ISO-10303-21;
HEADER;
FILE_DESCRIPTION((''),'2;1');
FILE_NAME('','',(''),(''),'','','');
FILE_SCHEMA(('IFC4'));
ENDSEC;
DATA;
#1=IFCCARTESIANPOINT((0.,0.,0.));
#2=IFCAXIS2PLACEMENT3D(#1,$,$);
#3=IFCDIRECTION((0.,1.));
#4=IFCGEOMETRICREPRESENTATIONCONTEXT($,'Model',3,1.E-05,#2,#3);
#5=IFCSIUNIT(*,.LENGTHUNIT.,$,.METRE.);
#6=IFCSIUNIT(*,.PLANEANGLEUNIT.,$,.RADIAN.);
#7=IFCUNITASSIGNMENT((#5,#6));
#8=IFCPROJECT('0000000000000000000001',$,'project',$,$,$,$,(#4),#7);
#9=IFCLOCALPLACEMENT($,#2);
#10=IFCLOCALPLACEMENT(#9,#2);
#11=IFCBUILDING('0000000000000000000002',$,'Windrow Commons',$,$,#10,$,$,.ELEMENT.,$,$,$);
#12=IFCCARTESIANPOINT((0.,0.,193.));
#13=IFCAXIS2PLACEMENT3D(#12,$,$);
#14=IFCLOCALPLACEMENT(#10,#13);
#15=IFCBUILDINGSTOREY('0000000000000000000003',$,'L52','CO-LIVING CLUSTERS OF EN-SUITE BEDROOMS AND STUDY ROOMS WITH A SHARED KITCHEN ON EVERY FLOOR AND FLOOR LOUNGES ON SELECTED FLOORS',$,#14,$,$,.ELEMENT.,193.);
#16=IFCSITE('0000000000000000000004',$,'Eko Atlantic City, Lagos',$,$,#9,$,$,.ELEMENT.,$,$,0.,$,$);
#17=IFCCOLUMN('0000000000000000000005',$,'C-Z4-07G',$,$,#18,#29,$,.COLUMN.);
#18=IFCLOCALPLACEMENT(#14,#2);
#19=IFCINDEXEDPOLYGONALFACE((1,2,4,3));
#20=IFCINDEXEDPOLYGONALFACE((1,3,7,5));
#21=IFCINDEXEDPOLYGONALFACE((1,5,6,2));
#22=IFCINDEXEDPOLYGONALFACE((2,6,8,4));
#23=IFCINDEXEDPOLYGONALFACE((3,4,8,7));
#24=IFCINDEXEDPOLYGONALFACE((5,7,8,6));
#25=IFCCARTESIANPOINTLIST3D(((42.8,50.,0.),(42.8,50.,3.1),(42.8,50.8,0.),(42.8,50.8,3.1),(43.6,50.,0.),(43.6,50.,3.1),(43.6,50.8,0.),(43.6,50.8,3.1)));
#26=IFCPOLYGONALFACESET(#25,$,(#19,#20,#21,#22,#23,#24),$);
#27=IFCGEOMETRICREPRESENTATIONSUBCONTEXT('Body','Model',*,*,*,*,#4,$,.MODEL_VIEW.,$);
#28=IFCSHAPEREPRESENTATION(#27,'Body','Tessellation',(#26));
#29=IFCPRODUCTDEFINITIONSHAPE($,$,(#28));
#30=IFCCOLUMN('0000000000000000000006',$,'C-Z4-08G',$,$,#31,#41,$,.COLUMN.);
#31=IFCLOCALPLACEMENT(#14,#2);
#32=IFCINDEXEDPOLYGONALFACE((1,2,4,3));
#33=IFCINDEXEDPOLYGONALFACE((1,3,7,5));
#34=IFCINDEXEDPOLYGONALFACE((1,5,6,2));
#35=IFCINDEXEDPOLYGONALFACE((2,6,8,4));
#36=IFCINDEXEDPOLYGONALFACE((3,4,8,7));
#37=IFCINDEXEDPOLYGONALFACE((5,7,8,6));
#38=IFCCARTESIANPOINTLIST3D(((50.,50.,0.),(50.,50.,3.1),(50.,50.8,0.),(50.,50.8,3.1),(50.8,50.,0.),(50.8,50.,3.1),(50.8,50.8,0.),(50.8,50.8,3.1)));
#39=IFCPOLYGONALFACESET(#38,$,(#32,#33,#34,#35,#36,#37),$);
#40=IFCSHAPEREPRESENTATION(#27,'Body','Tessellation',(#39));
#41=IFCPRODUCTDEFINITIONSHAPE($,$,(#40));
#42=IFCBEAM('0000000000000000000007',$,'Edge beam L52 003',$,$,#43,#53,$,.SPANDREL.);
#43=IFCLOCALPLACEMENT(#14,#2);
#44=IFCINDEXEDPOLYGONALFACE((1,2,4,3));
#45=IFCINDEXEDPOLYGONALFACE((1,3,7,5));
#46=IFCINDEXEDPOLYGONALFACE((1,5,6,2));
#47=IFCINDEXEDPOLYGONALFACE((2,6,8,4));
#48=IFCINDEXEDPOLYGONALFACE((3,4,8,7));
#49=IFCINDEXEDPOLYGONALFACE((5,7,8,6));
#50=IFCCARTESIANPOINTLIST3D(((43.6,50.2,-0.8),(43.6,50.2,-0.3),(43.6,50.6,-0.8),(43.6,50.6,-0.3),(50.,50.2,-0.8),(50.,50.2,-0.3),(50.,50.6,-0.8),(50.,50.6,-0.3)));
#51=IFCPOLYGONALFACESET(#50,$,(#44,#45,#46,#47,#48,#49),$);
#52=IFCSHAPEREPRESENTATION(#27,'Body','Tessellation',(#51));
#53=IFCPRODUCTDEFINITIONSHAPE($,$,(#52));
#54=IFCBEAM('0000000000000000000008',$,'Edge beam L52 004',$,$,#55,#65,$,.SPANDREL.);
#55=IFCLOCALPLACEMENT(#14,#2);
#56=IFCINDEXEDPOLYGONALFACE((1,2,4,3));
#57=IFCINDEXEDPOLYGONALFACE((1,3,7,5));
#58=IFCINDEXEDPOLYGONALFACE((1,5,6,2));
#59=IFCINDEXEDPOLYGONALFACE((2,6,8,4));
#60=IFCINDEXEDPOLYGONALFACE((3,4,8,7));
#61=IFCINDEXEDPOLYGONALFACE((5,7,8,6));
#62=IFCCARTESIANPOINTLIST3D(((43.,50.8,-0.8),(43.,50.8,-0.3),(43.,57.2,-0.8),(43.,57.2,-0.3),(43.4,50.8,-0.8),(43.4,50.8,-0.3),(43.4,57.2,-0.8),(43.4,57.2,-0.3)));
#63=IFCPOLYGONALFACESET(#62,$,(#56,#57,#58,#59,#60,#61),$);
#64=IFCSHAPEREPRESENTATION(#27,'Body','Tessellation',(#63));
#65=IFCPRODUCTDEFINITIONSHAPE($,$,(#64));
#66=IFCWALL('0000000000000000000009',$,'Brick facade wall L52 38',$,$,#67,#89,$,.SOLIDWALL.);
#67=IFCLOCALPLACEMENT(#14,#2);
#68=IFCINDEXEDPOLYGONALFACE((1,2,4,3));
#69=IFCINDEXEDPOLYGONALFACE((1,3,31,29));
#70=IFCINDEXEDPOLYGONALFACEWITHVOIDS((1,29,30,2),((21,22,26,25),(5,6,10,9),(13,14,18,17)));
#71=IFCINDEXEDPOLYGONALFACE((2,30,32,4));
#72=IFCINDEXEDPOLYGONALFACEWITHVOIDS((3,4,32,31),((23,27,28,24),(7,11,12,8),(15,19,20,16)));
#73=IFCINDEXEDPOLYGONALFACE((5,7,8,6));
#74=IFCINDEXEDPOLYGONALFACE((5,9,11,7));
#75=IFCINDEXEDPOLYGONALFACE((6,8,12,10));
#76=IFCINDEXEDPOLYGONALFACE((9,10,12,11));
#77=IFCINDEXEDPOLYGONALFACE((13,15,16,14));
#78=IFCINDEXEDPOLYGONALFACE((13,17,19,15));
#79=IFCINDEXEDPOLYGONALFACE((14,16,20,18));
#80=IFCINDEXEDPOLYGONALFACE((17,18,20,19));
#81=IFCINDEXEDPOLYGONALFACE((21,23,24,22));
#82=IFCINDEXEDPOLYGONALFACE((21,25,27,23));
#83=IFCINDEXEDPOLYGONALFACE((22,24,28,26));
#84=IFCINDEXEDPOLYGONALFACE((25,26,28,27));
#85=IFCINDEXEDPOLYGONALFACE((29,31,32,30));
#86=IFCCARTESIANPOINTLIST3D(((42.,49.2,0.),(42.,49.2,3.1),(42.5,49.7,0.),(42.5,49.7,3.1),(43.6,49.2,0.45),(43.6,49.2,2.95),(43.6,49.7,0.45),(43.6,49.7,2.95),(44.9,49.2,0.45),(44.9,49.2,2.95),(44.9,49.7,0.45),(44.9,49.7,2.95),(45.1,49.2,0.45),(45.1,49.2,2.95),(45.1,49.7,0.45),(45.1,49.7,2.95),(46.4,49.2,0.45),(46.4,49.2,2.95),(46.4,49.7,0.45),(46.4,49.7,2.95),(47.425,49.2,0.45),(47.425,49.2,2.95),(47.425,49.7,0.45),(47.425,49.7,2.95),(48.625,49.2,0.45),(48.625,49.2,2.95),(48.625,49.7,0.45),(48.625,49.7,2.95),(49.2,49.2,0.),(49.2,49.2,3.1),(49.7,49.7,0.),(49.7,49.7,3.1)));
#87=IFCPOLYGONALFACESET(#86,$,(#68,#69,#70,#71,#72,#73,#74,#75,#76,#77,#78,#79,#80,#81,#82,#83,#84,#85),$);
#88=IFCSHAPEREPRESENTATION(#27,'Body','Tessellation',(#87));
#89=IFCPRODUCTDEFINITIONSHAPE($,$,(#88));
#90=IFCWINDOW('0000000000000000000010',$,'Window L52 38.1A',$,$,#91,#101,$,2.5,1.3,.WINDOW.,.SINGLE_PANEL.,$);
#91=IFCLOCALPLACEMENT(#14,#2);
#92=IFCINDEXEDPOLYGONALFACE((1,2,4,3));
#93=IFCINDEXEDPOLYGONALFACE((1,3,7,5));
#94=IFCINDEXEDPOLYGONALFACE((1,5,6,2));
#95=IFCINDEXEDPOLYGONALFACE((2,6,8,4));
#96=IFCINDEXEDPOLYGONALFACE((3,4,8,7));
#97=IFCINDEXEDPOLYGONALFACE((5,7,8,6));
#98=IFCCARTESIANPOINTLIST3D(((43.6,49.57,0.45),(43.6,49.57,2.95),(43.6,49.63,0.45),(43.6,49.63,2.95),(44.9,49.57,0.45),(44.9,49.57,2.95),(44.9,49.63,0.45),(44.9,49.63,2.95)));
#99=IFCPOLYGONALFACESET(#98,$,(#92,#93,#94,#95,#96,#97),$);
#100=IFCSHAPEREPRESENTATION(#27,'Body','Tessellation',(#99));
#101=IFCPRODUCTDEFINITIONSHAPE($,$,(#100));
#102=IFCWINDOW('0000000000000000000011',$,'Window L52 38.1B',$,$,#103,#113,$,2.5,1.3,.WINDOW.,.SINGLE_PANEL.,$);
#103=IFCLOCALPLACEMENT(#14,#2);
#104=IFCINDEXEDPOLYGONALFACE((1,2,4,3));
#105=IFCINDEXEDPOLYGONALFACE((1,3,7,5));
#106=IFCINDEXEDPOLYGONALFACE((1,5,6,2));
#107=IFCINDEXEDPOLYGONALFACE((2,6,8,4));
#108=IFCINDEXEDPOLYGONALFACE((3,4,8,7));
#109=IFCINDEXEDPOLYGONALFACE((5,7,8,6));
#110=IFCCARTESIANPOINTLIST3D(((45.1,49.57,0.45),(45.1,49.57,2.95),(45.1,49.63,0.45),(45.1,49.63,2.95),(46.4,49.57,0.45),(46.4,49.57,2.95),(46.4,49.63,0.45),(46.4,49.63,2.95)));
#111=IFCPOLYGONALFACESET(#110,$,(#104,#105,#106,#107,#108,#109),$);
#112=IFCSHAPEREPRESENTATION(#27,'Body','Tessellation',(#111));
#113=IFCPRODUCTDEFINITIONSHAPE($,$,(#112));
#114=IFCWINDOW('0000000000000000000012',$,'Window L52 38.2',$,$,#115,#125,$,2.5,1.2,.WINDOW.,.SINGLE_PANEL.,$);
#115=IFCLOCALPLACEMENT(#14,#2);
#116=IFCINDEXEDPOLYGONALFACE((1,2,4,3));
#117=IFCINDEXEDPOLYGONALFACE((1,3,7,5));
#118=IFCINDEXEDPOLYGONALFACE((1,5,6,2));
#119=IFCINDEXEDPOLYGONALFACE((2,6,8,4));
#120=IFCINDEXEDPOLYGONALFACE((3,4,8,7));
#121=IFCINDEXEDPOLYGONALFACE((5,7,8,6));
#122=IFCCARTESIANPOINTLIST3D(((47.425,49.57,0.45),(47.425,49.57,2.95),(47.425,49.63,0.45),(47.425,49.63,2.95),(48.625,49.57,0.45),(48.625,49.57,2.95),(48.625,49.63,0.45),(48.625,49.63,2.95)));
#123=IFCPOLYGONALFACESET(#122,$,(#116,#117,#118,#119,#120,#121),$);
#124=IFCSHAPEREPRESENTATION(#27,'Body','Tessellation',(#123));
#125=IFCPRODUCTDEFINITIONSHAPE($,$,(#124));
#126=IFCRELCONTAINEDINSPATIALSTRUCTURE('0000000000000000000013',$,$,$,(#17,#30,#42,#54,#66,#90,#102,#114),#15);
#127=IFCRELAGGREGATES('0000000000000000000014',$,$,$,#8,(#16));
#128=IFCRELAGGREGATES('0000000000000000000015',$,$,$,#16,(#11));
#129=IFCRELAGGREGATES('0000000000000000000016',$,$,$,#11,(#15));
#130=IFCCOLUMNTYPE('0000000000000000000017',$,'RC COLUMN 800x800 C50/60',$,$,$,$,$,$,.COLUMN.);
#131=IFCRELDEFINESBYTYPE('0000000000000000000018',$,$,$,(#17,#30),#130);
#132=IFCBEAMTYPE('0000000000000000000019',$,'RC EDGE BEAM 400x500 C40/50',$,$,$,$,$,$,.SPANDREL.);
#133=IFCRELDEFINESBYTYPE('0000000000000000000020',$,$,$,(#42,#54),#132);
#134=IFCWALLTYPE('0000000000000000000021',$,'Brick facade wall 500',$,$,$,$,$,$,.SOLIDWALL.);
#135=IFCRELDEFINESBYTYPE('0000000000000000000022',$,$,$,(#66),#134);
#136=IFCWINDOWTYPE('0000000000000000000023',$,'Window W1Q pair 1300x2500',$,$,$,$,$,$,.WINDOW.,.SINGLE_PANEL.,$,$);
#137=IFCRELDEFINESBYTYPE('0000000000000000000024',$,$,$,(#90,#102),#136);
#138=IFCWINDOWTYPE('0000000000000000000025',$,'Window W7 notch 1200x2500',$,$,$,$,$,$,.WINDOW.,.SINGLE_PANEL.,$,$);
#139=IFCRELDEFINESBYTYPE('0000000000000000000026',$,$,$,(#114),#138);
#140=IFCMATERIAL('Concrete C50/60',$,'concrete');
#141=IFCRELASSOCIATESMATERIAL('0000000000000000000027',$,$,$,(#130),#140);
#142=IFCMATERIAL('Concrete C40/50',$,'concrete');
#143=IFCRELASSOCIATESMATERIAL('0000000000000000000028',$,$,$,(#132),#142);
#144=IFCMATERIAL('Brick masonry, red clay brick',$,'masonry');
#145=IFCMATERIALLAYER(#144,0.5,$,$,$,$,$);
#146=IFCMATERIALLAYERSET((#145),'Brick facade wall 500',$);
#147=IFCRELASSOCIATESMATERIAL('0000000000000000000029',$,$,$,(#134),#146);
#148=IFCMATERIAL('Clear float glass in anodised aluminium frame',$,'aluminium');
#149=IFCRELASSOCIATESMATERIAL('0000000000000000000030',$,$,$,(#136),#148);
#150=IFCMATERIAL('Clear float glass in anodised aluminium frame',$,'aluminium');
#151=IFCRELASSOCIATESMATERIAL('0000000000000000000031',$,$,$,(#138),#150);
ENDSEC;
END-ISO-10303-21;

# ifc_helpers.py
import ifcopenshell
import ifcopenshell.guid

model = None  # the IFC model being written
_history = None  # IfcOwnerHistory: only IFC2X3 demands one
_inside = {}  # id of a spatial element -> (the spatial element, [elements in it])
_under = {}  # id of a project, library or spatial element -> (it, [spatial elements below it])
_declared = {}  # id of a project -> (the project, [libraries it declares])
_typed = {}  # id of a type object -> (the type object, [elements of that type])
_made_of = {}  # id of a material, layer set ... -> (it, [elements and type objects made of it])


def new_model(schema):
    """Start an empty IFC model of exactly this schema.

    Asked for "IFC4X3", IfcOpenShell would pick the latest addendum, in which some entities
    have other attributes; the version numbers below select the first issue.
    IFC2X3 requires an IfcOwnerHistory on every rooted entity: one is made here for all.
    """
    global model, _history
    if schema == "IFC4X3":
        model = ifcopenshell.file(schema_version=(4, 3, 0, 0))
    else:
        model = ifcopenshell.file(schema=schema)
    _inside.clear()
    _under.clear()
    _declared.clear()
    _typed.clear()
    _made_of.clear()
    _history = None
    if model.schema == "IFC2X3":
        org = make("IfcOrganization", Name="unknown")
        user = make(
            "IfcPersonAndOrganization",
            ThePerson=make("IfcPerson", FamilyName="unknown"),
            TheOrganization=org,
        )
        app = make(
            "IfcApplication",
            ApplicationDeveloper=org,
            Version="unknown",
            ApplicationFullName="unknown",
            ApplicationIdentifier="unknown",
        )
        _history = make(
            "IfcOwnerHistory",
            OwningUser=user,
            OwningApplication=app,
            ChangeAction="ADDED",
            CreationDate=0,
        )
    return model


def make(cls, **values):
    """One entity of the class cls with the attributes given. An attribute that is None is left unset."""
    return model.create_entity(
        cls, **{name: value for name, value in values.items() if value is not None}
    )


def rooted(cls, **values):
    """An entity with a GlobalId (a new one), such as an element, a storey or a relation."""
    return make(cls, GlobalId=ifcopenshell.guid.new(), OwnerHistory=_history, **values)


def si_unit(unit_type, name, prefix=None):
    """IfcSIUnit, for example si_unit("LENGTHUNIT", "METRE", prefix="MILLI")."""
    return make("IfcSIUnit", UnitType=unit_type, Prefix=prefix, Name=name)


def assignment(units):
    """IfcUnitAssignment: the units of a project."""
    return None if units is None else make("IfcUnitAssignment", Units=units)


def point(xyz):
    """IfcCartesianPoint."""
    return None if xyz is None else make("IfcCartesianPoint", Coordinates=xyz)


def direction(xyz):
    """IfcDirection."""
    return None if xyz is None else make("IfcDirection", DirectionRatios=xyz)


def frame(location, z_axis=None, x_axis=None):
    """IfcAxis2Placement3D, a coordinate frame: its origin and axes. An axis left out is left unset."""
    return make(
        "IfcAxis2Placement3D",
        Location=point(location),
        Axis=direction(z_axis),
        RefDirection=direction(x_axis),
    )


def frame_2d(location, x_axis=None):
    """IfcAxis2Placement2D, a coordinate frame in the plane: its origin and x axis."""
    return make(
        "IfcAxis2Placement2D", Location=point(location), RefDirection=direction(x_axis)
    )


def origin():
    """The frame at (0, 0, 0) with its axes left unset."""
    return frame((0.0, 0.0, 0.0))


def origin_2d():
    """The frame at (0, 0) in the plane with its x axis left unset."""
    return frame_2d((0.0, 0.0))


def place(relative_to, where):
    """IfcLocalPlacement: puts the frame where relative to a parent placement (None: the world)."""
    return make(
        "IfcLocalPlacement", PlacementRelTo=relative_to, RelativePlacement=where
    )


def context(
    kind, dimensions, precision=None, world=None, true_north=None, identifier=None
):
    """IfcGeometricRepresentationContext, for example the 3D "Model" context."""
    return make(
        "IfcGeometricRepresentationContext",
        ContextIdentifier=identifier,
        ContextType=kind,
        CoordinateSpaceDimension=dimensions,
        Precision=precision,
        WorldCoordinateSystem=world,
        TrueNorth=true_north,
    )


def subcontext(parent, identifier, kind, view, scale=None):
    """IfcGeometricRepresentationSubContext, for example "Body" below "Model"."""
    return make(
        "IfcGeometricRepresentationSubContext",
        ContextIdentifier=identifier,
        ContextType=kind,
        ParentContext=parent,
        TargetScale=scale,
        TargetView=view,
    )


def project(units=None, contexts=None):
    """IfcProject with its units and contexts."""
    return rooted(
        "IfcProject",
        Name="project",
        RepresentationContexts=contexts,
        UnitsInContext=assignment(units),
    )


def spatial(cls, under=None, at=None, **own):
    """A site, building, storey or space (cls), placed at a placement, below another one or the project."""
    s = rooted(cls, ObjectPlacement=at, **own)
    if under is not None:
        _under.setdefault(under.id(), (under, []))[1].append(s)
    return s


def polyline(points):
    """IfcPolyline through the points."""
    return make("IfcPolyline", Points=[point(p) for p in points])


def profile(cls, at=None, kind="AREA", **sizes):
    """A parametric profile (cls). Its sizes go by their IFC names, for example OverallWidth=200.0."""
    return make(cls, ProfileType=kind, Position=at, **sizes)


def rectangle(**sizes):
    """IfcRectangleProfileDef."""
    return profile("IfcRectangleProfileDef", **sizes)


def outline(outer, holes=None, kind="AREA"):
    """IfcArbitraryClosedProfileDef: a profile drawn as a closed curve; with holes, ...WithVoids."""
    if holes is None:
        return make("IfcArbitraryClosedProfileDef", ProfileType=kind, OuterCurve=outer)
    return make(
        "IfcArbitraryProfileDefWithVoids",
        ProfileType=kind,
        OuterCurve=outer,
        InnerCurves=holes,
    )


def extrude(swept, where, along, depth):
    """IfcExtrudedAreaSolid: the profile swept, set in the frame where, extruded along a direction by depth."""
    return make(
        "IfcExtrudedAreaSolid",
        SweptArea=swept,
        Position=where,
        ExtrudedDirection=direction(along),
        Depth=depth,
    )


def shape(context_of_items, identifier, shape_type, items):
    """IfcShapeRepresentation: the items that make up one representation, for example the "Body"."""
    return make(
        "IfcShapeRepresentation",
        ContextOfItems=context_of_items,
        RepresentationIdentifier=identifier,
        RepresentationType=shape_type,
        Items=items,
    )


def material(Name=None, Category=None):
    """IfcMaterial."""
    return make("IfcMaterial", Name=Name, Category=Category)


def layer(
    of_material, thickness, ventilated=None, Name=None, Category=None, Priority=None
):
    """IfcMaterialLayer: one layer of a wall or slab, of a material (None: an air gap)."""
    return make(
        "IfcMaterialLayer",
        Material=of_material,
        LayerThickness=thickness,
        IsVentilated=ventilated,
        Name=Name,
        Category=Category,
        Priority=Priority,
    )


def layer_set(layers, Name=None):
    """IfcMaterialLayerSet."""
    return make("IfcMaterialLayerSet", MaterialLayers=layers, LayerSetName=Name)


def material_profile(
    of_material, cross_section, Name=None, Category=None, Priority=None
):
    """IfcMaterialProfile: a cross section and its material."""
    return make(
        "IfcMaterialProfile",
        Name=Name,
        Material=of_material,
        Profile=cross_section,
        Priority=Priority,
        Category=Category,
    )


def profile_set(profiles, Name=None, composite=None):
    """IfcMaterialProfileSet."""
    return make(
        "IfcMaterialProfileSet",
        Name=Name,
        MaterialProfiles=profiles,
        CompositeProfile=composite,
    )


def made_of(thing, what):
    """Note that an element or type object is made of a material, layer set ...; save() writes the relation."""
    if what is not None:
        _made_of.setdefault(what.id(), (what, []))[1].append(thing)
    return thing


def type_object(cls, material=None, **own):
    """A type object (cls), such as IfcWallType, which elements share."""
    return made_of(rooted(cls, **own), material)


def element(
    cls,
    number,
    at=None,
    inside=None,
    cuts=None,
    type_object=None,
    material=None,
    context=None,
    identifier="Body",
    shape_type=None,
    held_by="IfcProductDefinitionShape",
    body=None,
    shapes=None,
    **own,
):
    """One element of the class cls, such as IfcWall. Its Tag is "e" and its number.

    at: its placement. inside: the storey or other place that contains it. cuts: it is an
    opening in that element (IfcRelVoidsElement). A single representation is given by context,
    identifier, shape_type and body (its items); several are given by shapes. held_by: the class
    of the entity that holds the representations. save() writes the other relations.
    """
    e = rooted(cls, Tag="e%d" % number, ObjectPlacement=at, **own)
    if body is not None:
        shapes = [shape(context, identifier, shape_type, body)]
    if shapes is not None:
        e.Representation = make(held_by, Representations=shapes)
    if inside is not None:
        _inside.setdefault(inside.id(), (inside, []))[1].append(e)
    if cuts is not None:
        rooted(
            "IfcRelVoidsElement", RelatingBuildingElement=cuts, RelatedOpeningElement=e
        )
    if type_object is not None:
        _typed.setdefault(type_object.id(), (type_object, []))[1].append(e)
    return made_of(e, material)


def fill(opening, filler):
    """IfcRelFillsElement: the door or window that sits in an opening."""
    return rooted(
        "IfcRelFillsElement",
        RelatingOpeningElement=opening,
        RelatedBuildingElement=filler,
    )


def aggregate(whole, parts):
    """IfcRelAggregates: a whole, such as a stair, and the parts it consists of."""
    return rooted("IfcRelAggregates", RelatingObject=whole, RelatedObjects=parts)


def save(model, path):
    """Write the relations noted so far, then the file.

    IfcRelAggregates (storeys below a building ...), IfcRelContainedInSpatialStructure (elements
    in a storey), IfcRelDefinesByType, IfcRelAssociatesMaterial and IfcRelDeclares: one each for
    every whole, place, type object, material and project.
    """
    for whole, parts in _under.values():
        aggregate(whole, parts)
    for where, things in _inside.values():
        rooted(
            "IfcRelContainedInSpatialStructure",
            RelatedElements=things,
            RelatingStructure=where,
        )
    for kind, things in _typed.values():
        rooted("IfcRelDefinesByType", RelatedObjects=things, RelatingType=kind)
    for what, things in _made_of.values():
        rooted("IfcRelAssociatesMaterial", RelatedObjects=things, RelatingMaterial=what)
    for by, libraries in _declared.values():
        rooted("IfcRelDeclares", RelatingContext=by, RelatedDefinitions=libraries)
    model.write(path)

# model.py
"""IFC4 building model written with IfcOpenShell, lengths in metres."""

from ifc_helpers import new_model, si_unit, direction, frame, frame_2d, origin, origin_2d, place, context, subcontext, project, spatial, polyline, rectangle, outline, extrude, material, layer, layer_set, material_profile, profile_set, type_object, element, fill, save


model = new_model("IFC4")

# Units and contexts
model_context = context("Model", 3, precision=1e-05, world=origin(), true_north=direction((0.0, 1.0)))
body_context = subcontext(model_context, "Body", "Model", "MODEL_VIEW")
ifc_project = project(units=[si_unit("LENGTHUNIT", "METRE"), si_unit("PLANEANGLEUNIT", "RADIAN")], contexts=[model_context])

# Site, building, storey
site_placement = place(None, origin())
site = spatial("IfcSite", under=ifc_project, at=site_placement, Name="Eko Atlantic City, Lagos", CompositionType="ELEMENT", RefElevation=0.0)
building_placement = place(site_placement, origin())
building = spatial("IfcBuilding", under=site, at=building_placement, Name="Windrow Commons", CompositionType="ELEMENT")
storey_placement = place(building_placement, frame((0.0, 0.0, 193.0)))
storey = spatial("IfcBuildingStorey", under=building, at=storey_placement, Name="L52", Description="CO-LIVING CLUSTERS OF EN-SUITE BEDROOMS AND STUDY ROOMS WITH A SHARED KITCHEN ON EVERY FLOOR AND FLOOR LOUNGES ON SELECTED FLOORS", CompositionType="ELEMENT", Elevation=193.0)

# Columns
ifc_material_1 = material(Name="Concrete C50/60", Category="concrete")
ifc_material_profile_1 = material_profile(ifc_material_1, rectangle(XDim=0.8, YDim=0.8, at=origin_2d()))
ifc_profile_set_1 = profile_set([ifc_material_profile_1], Name="Concrete C50/60")
column_type = type_object("IfcColumnType", Name="RC COLUMN 800x800 C50/60", PredefinedType="COLUMN", material=ifc_profile_set_1)
for number, where, z_axis, x_axis, name in (
    (1, (43.2, 50.4, 0.0), (0.0, 0.0, 1.0), (1.0, 0.0, 0.0), "C-Z4-07G"),
    (2, (50.4, 50.4, 0.0), (0.0, 0.0, 1.0), (1.0, 0.0, 0.0), "C-Z4-08G"),
):
    element("IfcColumn", number, at=place(storey_placement, frame(where, z_axis=z_axis, x_axis=x_axis)), inside=storey, type_object=column_type, Name=name, PredefinedType="COLUMN", context=body_context, shape_type="SweptSolid", body=[
        extrude(rectangle(XDim=0.8, YDim=0.8, at=origin_2d()), origin(), (0.0, 0.0, 1.0), 3.1),
    ])

# Beams
ifc_material_2 = material(Name="Concrete C40/50", Category="concrete")
ifc_material_profile_2 = material_profile(ifc_material_2, rectangle(XDim=0.4, YDim=0.5, at=origin_2d()))
ifc_profile_set_2 = profile_set([ifc_material_profile_2], Name="Concrete C40/50")
beam_type = type_object("IfcBeamType", Name="RC EDGE BEAM 400x500 C40/50", PredefinedType="SPANDREL", material=ifc_profile_set_2)
for number, where, z_axis, x_axis, name in (
    (3, (50.0, 50.4, -0.55), (-1.0, 0.0, 0.0), (0.0, -1.0, 0.0), "Edge beam L52 003"),
    (4, (43.2, 50.8, -0.55), (0.0, 1.0, 0.0), (-1.0, 0.0, 0.0), "Edge beam L52 004"),
):
    element("IfcBeam", number, at=place(storey_placement, frame(where, z_axis=z_axis, x_axis=x_axis)), inside=storey, type_object=beam_type, Name=name, PredefinedType="SPANDREL", context=body_context, shape_type="SweptSolid", body=[
        extrude(rectangle(XDim=0.4, YDim=0.5, at=origin_2d()), origin(), (0.0, 0.0, 1.0), 6.4),
    ])

# Wall, openings, windows
ifc_material_3 = material(Name="Brick masonry, red clay brick", Category="masonry")
ifc_layer_1 = layer(ifc_material_3, 0.5)
ifc_layer_set_1 = layer_set([ifc_layer_1], Name="Brick facade wall 500")
wall_type_1 = type_object("IfcWallType", Name="Brick facade wall 500", PredefinedType="SOLIDWALL", material=ifc_layer_set_1)
wall_1_placement = place(storey_placement, frame((42.25, 49.45, 0.0), z_axis=(0.0, 0.0, 1.0), x_axis=(1.0, 0.0, 0.0)))
wall_1 = element("IfcWall", 5, at=wall_1_placement, inside=storey, type_object=wall_type_1, Name="Brick facade wall L52 38", PredefinedType="SOLIDWALL", context=body_context, shape_type="SweptSolid", body=[
    extrude(outline(polyline([(-0.25, -0.25), (6.95, -0.25), (7.45, 0.25), (0.25, 0.25), (-0.25, -0.25)])), origin(), (0.0, 0.0, 1.0), 3.1),
])
opening_1_placement = place(wall_1_placement, frame((1.35, 0.0, 0.45)))
opening_1 = element("IfcOpeningElement", 6, at=opening_1_placement, cuts=wall_1, PredefinedType="OPENING", context=body_context, shape_type="SweptSolid", body=[
    extrude(rectangle(XDim=1.3, YDim=2.5, at=frame_2d((0.65, 1.25))), frame((0.0, 0.26, 0.0), z_axis=(0.0, -1.0, 0.0), x_axis=(1.0, 0.0, 0.0)), (0.0, 0.0, 1.0), 0.52),
])
opening_2_placement = place(wall_1_placement, frame((2.85, 0.0, 0.45)))
opening_2 = element("IfcOpeningElement", 7, at=opening_2_placement, cuts=wall_1, PredefinedType="OPENING", context=body_context, shape_type="SweptSolid", body=[
    extrude(rectangle(XDim=1.3, YDim=2.5, at=frame_2d((0.65, 1.25))), frame((0.0, 0.26, 0.0), z_axis=(0.0, -1.0, 0.0), x_axis=(1.0, 0.0, 0.0)), (0.0, 0.0, 1.0), 0.52),
])
opening_3_placement = place(wall_1_placement, frame((5.175, 0.0, 0.45)))
opening_3 = element("IfcOpeningElement", 8, at=opening_3_placement, cuts=wall_1, PredefinedType="OPENING", context=body_context, shape_type="SweptSolid", body=[
    extrude(rectangle(XDim=1.2, YDim=2.5, at=frame_2d((0.6, 1.25))), frame((0.0, 0.26, 0.0), z_axis=(0.0, -1.0, 0.0), x_axis=(1.0, 0.0, 0.0)), (0.0, 0.0, 1.0), 0.52),
])
ifc_material_4 = material(Name="Clear float glass in anodised aluminium frame", Category="aluminium")
window_type_1 = type_object("IfcWindowType", Name="Window W1Q pair 1300x2500", PartitioningType="SINGLE_PANEL", PredefinedType="WINDOW", material=ifc_material_4)
window_1_placement = place(opening_1_placement, origin())
window_1 = element("IfcWindow", 9, at=window_1_placement, inside=storey, type_object=window_type_1, Name="Window L52 38.1A", OverallHeight=2.5, OverallWidth=1.3, PartitioningType="SINGLE_PANEL", PredefinedType="WINDOW", context=body_context, shape_type="SweptSolid", body=[
    extrude(rectangle(XDim=1.3, YDim=2.5, at=frame_2d((0.65, 1.25))), frame((0.0, 0.18, 0.0), z_axis=(0.0, -1.0, 0.0), x_axis=(1.0, 0.0, 0.0)), (0.0, 0.0, 1.0), 0.06),
])
fill(opening_1, window_1)
window_2_placement = place(opening_2_placement, origin())
window_2 = element("IfcWindow", 10, at=window_2_placement, inside=storey, type_object=window_type_1, Name="Window L52 38.1B", OverallHeight=2.5, OverallWidth=1.3, PartitioningType="SINGLE_PANEL", PredefinedType="WINDOW", context=body_context, shape_type="SweptSolid", body=[
    extrude(rectangle(XDim=1.3, YDim=2.5, at=frame_2d((0.65, 1.25))), frame((0.0, 0.18, 0.0), z_axis=(0.0, -1.0, 0.0), x_axis=(1.0, 0.0, 0.0)), (0.0, 0.0, 1.0), 0.06),
])
fill(opening_2, window_2)
ifc_material_5 = material(Name="Clear float glass in anodised aluminium frame", Category="aluminium")
window_type_2 = type_object("IfcWindowType", Name="Window W7 notch 1200x2500", PartitioningType="SINGLE_PANEL", PredefinedType="WINDOW", material=ifc_material_5)
window_3_placement = place(opening_3_placement, origin())
window_3 = element("IfcWindow", 11, at=window_3_placement, inside=storey, type_object=window_type_2, Name="Window L52 38.2", OverallHeight=2.5, OverallWidth=1.2, PartitioningType="SINGLE_PANEL", PredefinedType="WINDOW", context=body_context, shape_type="SweptSolid", body=[
    extrude(rectangle(XDim=1.2, YDim=2.5, at=frame_2d((0.6, 1.25))), frame((0.0, 0.18, 0.0), z_axis=(0.0, -1.0, 0.0), x_axis=(1.0, 0.0, 0.0)), (0.0, 0.0, 1.0), 0.06),
])
fill(opening_3, window_3)

save(model, "model.ifc")
